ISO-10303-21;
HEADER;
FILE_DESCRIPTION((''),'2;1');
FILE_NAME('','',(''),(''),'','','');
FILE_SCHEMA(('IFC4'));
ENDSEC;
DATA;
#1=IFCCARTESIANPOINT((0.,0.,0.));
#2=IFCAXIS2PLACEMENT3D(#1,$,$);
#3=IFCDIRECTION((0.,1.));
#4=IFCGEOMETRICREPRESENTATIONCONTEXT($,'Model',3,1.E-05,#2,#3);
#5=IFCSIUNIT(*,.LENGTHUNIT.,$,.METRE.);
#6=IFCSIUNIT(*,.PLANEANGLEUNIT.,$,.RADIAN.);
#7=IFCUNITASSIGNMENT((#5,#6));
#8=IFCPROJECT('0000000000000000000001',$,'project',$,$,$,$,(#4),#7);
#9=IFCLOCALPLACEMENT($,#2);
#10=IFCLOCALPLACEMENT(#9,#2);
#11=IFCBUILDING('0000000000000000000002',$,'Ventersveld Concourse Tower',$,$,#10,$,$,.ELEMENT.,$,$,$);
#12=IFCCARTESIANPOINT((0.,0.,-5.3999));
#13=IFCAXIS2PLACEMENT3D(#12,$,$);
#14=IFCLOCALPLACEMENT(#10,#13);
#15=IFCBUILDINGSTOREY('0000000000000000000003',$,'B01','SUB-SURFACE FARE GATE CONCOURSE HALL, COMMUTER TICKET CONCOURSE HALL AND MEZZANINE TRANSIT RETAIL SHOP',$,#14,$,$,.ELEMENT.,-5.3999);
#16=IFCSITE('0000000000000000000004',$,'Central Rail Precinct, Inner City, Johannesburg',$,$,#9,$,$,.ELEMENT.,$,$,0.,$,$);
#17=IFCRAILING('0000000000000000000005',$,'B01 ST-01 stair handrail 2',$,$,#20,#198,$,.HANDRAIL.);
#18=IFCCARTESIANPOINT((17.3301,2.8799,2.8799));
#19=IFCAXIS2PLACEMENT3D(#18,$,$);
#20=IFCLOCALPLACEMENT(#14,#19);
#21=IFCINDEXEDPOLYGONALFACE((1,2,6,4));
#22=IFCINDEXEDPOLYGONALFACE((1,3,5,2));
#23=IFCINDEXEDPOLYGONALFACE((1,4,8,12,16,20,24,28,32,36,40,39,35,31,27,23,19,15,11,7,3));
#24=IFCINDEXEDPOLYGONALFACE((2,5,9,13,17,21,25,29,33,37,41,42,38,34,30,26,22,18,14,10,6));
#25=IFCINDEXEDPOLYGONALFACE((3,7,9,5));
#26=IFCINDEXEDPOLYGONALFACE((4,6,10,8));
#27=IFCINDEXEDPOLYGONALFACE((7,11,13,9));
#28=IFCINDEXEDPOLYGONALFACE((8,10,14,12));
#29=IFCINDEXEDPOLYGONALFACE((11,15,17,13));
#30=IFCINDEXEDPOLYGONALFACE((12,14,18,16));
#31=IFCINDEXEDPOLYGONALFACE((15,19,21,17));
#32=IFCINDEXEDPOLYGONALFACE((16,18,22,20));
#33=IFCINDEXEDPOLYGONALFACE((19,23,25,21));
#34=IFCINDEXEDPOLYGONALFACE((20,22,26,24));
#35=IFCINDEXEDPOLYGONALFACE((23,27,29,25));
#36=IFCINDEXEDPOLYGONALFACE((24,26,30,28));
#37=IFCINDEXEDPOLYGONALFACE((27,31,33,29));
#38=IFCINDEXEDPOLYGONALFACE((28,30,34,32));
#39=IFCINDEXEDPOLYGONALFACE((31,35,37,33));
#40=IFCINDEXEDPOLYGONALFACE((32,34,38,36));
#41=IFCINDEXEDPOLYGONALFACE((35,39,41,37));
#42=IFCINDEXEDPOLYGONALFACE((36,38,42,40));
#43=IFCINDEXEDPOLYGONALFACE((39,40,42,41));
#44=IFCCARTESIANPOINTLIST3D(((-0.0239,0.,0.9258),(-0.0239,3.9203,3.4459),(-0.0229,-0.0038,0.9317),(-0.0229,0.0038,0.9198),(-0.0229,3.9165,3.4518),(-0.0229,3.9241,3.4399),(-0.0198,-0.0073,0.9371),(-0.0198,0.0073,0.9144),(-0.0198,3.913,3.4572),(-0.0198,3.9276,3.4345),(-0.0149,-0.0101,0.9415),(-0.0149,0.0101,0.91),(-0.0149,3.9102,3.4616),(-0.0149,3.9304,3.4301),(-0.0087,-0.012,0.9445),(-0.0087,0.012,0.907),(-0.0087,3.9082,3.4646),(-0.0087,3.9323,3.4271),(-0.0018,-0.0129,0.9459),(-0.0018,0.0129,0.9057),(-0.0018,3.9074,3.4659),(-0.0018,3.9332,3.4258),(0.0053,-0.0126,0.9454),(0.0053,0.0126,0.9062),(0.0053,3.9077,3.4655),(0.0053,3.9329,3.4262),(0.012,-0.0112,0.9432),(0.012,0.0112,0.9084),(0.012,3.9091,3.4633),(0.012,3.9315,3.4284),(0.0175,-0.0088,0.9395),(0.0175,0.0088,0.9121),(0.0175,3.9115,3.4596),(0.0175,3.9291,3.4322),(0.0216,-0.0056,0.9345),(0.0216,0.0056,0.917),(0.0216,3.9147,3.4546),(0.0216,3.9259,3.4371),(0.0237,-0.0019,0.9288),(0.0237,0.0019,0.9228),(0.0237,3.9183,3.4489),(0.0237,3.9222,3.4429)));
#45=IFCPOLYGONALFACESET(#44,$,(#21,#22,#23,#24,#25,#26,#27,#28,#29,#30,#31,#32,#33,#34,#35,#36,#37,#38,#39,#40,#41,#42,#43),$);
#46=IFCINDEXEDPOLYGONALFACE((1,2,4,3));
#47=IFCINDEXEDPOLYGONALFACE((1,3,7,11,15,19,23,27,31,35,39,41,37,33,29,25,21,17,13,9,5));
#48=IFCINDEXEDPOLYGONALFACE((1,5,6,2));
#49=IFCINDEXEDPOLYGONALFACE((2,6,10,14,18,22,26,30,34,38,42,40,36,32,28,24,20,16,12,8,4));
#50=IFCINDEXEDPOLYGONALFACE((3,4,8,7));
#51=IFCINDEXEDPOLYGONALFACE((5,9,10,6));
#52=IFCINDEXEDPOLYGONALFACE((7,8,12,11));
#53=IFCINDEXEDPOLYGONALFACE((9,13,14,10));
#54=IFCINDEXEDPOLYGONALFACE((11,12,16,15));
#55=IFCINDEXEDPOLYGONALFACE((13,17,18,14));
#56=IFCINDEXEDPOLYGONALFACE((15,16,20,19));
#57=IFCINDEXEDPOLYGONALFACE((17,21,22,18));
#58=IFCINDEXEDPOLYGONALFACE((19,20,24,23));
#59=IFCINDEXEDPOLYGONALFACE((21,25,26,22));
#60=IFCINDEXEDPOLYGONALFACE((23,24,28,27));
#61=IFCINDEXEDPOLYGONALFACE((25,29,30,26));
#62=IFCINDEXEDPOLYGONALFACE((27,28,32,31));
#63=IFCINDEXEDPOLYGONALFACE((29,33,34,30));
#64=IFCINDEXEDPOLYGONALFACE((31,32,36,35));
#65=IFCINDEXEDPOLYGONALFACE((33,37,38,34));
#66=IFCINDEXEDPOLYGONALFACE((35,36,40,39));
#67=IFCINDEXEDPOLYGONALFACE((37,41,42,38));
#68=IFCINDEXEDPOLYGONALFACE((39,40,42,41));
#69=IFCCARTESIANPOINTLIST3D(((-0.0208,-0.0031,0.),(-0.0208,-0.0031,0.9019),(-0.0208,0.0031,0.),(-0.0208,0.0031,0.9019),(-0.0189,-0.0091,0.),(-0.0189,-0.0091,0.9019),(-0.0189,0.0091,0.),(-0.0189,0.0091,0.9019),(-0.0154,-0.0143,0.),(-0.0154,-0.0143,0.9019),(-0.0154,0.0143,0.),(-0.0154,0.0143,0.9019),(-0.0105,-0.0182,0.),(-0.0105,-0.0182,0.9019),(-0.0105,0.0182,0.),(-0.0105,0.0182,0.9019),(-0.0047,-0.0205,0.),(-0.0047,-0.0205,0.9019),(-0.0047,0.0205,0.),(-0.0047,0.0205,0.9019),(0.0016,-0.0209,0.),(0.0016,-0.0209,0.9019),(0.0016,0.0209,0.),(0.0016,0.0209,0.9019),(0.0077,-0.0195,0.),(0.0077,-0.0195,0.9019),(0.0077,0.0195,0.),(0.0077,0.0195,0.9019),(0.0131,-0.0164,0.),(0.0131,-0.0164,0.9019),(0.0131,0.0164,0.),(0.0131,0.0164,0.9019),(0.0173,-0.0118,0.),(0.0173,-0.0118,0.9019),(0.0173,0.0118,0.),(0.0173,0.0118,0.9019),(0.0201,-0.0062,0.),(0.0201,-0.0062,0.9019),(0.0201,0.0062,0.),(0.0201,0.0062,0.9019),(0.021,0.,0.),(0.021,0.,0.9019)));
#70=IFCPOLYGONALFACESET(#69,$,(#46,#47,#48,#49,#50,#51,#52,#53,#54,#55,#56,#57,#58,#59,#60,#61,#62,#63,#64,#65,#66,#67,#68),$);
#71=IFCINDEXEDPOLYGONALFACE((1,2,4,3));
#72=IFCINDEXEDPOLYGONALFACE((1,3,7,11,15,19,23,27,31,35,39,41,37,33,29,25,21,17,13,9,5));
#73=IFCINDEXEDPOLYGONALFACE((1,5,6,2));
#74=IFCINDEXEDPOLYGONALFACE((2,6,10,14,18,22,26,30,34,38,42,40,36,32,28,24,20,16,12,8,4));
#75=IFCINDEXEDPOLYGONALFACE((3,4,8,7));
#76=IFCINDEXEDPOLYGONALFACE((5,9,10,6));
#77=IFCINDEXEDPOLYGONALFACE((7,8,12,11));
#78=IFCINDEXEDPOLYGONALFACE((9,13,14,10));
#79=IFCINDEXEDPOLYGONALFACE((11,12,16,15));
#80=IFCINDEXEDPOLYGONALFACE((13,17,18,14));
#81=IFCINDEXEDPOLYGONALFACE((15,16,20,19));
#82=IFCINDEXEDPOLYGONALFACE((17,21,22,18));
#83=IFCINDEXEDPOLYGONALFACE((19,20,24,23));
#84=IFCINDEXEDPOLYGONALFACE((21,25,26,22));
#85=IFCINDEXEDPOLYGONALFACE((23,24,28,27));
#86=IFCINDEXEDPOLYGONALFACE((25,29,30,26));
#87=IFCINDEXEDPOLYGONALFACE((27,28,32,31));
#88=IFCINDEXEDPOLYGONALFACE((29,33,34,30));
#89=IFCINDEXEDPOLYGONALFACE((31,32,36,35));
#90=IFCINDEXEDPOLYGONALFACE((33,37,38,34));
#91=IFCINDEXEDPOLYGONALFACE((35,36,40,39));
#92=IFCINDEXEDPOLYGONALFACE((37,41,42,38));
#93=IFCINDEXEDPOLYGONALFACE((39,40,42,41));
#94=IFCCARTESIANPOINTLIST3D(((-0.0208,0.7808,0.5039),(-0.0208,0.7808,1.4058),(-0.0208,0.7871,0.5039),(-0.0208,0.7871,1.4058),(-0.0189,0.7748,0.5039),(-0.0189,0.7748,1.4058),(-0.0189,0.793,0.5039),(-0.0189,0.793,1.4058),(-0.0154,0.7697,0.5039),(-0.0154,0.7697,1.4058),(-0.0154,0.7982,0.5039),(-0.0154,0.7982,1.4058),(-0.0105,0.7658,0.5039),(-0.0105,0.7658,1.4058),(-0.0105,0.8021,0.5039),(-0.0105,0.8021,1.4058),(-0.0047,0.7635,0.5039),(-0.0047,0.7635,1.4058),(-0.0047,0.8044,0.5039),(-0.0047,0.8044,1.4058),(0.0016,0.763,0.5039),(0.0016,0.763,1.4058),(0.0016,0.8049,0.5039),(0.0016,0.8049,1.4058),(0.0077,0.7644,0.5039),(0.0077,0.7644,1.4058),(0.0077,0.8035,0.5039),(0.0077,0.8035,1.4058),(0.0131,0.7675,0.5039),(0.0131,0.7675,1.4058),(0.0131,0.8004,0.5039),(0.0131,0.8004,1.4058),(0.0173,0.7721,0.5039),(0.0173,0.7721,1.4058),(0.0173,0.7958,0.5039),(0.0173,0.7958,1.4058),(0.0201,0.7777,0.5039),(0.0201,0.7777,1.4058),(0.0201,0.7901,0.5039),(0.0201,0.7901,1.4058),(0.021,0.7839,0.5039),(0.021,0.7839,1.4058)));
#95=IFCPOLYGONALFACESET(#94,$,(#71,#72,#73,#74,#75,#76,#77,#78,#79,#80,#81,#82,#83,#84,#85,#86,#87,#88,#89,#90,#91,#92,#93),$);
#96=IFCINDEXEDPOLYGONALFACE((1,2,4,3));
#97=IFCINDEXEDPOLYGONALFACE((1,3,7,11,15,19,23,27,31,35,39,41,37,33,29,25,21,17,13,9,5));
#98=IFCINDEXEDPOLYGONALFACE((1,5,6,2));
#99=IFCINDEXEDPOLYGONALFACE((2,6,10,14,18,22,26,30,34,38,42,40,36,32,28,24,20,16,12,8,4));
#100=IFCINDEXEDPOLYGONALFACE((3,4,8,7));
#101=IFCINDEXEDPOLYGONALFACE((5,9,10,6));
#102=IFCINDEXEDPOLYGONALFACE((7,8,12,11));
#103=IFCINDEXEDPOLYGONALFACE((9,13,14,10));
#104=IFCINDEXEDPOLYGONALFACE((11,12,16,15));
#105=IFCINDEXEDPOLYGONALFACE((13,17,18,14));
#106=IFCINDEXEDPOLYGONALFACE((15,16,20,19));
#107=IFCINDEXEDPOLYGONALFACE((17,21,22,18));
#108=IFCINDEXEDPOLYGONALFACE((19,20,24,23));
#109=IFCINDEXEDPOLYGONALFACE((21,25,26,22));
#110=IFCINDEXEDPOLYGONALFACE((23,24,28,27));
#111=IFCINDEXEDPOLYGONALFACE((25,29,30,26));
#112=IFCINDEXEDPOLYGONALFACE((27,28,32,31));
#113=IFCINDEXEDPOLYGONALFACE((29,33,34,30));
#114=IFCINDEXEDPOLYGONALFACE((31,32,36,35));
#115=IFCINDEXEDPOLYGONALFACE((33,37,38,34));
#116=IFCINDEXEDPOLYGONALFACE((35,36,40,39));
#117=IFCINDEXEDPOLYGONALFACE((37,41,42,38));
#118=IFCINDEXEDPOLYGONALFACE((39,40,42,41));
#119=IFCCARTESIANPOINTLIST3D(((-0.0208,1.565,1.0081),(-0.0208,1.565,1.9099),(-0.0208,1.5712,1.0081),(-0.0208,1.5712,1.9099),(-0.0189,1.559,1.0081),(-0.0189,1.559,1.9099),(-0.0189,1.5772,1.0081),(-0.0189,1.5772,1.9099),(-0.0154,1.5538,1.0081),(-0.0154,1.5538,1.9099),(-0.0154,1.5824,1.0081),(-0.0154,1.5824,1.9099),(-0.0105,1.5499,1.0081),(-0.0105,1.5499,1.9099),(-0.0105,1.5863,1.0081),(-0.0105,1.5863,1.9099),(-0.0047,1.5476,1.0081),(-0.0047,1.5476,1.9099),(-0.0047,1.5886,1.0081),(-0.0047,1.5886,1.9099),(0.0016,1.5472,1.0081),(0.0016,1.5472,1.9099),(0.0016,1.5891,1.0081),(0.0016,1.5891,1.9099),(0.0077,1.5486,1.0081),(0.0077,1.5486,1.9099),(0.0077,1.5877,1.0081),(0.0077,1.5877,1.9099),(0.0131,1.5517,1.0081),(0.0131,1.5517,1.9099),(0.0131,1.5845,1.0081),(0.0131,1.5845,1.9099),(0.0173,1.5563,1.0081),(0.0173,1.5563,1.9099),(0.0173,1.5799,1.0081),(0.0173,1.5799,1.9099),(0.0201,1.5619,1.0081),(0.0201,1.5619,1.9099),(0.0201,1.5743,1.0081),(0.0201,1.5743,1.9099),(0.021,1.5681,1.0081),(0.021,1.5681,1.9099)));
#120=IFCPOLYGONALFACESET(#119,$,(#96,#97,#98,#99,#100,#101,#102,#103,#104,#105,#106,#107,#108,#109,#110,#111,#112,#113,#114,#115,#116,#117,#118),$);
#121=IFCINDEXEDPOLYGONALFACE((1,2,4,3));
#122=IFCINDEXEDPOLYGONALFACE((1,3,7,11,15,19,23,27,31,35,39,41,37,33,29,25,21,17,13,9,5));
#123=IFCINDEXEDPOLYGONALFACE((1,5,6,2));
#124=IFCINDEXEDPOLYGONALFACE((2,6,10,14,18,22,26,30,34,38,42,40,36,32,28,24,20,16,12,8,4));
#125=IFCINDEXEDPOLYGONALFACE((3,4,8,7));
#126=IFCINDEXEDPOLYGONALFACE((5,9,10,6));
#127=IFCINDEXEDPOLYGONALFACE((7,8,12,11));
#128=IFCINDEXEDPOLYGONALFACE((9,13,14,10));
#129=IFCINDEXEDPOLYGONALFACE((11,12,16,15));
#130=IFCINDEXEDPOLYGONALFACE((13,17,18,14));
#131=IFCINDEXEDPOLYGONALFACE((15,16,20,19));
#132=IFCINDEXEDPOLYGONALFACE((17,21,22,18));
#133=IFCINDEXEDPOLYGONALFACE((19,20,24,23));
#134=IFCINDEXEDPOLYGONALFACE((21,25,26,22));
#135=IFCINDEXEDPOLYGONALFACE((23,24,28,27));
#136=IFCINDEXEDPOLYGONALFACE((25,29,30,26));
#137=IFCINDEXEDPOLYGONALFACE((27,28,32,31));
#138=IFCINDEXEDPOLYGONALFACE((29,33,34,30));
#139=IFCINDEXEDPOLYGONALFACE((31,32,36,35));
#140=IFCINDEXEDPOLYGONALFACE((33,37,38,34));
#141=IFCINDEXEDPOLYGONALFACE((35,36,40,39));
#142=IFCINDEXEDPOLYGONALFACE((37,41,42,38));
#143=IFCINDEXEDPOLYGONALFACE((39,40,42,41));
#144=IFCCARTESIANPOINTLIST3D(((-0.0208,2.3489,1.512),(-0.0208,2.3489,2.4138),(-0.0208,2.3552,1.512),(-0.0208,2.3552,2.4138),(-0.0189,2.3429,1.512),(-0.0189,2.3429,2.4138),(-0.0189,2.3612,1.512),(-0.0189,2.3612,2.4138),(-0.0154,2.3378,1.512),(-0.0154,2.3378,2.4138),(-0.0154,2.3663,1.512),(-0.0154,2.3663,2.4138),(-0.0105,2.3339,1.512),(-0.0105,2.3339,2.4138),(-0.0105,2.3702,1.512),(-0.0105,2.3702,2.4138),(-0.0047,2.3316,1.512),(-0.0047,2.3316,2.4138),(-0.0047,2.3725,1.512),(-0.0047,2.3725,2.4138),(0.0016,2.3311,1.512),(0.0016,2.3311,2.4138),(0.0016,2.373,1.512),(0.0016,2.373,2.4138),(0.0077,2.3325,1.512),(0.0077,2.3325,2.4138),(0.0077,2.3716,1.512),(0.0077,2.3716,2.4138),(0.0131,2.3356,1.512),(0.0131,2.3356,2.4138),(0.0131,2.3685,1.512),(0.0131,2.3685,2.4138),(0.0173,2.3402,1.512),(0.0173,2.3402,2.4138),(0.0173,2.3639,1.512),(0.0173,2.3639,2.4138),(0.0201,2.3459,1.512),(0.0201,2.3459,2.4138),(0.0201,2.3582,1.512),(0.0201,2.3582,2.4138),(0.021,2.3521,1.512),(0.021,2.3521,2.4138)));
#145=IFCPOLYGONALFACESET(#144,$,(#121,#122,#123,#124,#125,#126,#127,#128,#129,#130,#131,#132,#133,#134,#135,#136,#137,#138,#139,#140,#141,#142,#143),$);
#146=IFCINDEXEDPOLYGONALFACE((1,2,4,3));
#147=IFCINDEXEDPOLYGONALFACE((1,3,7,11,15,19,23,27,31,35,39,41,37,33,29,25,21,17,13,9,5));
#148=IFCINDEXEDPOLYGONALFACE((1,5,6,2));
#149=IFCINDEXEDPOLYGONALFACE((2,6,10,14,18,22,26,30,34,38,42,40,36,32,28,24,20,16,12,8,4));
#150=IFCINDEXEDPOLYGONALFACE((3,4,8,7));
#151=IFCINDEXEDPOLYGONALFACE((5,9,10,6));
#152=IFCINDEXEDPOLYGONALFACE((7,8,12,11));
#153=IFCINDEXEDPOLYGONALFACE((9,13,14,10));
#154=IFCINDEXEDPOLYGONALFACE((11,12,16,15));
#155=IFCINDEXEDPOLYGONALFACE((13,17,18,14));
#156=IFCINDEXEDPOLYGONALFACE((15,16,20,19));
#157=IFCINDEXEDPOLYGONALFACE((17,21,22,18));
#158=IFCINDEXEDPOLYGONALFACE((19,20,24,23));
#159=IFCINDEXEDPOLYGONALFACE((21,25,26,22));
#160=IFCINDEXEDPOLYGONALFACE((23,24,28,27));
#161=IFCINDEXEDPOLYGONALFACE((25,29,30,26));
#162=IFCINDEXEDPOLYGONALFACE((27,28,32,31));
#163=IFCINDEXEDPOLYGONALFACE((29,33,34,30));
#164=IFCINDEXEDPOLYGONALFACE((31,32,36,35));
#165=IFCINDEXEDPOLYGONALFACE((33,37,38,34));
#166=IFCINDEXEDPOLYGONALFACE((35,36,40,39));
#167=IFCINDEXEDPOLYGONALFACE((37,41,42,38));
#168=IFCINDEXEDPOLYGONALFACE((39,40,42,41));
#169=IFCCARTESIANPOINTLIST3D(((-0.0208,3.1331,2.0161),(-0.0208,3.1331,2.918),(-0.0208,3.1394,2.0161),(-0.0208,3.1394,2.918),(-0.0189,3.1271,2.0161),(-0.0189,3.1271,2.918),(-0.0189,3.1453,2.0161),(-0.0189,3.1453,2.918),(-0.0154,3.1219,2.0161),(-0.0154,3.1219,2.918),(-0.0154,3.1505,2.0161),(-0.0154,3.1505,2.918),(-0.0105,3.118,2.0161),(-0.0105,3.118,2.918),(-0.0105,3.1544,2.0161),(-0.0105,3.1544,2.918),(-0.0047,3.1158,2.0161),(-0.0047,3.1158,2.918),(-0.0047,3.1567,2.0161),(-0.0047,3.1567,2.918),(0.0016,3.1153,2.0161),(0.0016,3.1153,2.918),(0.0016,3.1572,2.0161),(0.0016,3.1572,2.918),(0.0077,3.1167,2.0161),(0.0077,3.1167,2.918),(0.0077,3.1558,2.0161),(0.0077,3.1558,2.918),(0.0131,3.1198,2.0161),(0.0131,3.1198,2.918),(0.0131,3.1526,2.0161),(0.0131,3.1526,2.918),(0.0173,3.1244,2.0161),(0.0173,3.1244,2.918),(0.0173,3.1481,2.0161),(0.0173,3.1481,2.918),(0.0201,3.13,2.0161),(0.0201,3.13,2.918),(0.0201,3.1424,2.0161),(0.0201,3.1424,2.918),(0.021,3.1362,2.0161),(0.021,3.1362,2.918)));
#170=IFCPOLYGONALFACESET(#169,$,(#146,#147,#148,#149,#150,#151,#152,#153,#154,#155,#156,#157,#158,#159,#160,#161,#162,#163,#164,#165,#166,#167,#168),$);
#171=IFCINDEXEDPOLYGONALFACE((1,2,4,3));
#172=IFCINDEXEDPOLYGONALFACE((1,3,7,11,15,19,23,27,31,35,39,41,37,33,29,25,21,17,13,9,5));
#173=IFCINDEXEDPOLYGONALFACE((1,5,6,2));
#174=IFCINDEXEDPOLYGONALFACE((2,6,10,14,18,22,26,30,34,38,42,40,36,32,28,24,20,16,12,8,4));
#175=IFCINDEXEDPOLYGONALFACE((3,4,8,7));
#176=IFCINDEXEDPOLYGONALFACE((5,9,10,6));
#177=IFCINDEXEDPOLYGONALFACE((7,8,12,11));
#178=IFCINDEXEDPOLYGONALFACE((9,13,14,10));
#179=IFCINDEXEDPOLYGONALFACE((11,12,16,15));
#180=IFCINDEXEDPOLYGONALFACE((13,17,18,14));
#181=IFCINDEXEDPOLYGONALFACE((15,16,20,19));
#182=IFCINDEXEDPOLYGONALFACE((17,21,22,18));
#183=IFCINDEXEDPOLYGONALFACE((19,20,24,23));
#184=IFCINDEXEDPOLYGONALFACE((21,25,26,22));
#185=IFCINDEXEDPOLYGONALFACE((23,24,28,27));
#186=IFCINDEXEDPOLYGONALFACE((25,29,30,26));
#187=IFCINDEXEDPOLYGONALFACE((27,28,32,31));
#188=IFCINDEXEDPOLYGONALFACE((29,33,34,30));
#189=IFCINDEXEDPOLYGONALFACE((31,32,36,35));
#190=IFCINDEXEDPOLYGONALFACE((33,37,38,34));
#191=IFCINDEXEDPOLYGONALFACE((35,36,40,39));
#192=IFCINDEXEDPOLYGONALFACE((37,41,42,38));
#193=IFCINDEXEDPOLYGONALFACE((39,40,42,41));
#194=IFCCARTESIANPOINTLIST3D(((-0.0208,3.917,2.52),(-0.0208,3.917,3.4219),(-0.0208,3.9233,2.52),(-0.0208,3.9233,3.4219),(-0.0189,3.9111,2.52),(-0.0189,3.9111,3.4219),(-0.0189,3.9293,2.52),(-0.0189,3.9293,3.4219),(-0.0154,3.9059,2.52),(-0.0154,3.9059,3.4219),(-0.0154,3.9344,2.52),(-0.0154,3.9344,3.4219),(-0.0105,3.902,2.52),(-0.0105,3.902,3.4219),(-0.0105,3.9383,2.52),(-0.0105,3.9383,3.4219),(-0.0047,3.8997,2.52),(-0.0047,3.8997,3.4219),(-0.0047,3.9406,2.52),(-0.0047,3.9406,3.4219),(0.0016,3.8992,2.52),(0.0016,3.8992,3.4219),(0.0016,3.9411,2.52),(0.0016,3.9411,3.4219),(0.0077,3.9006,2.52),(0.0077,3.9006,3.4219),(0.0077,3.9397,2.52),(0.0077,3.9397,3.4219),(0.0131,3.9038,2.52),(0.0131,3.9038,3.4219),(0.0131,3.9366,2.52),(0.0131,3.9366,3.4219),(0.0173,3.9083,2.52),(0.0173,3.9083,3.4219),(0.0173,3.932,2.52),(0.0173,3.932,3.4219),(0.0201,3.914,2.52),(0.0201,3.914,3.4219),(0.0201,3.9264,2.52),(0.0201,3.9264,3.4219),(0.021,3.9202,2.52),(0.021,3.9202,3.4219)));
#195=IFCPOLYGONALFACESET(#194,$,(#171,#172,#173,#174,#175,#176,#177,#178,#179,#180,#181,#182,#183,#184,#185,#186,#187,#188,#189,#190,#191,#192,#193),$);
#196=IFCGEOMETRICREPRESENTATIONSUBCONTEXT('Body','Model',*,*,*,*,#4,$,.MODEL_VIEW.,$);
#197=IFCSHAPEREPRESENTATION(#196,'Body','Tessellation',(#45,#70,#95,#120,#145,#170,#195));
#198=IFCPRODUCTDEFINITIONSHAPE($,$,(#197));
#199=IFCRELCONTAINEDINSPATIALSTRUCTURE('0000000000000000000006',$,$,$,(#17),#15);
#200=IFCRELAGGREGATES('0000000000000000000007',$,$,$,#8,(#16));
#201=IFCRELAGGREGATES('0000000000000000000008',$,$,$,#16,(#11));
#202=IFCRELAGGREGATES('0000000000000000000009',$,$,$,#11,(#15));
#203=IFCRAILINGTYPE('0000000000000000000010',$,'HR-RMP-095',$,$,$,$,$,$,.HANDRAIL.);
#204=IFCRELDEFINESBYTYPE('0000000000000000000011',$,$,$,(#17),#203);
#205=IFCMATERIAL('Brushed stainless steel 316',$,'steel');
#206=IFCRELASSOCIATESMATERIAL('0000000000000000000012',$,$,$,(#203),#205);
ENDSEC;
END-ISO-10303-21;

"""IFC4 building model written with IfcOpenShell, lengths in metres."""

from ifc_helpers import new_model, si_unit, direction, frame, origin, origin_2d, place, context, subcontext, project, spatial, circle, extrude, material, type_object, element, save


model = new_model("IFC4")

# Units and contexts
model_context = context("Model", 3, precision=1e-05, world=origin(), true_north=direction((0.0, 1.0)))
body_context = subcontext(model_context, "Body", "Model", "MODEL_VIEW")
ifc_project = project(units=[si_unit("LENGTHUNIT", "METRE"), si_unit("PLANEANGLEUNIT", "RADIAN")], contexts=[model_context])

# Site, building, storey
site_placement = place(None, origin())
site = spatial("IfcSite", under=ifc_project, at=site_placement, Name="Central Rail Precinct, Inner City, Johannesburg", CompositionType="ELEMENT", RefElevation=0.0)
building_placement = place(site_placement, origin())
building = spatial("IfcBuilding", under=site, at=building_placement, Name="Ventersveld Concourse Tower", CompositionType="ELEMENT")
storey_placement = place(building_placement, frame((0.0, 0.0, -5.3999)))
storey = spatial("IfcBuildingStorey", under=building, at=storey_placement, Name="B01", Description="SUB-SURFACE FARE GATE CONCOURSE HALL, COMMUTER TICKET CONCOURSE HALL AND MEZZANINE TRANSIT RETAIL SHOP", CompositionType="ELEMENT", Elevation=-5.3999)

# Shared definitions
ifc_material_1 = material(Name="Brushed stainless steel 316", Category="steel")

# Railing
railing_type_1 = type_object("IfcRailingType", Name="HR-RMP-095", PredefinedType="HANDRAIL", material=ifc_material_1)
railing_1_placement = place(storey_placement, frame((17.3301, 2.8799, 2.8799)))
element("IfcRailing", 1, at=railing_1_placement, inside=storey, type_object=railing_type_1, Name="B01 ST-01 stair handrail 2", PredefinedType="HANDRAIL", context=body_context, shape_type="SweptSolid", body=[
    extrude(circle(Radius=0.0239, at=origin_2d()), frame((0.0, 0.0, 0.9258), z_axis=(0.0, 0.841187, 0.540744), x_axis=(-1.0, 0.0, 0.0)), (0.0, 0.0, 1.0), 4.6604),
    extrude(circle(Radius=0.021, at=origin_2d()), origin(), (0.0, 0.0, 1.0), 0.9019),
    extrude(circle(Radius=0.021, at=origin_2d()), frame((0.0, 0.7839, 0.5039)), (0.0, 0.0, 1.0), 0.9019),
    extrude(circle(Radius=0.021, at=origin_2d()), frame((0.0, 1.5681, 1.0081)), (0.0, 0.0, 1.0), 0.9019),
    extrude(circle(Radius=0.021, at=origin_2d()), frame((0.0, 2.3521, 1.512)), (0.0, 0.0, 1.0), 0.9019),
    extrude(circle(Radius=0.021, at=origin_2d()), frame((0.0, 3.1362, 2.0161)), (0.0, 0.0, 1.0), 0.9019),
    extrude(circle(Radius=0.021, at=origin_2d()), frame((0.0, 3.9202, 2.52)), (0.0, 0.0, 1.0), 0.9019),
])

save(model, "model.ifc")
